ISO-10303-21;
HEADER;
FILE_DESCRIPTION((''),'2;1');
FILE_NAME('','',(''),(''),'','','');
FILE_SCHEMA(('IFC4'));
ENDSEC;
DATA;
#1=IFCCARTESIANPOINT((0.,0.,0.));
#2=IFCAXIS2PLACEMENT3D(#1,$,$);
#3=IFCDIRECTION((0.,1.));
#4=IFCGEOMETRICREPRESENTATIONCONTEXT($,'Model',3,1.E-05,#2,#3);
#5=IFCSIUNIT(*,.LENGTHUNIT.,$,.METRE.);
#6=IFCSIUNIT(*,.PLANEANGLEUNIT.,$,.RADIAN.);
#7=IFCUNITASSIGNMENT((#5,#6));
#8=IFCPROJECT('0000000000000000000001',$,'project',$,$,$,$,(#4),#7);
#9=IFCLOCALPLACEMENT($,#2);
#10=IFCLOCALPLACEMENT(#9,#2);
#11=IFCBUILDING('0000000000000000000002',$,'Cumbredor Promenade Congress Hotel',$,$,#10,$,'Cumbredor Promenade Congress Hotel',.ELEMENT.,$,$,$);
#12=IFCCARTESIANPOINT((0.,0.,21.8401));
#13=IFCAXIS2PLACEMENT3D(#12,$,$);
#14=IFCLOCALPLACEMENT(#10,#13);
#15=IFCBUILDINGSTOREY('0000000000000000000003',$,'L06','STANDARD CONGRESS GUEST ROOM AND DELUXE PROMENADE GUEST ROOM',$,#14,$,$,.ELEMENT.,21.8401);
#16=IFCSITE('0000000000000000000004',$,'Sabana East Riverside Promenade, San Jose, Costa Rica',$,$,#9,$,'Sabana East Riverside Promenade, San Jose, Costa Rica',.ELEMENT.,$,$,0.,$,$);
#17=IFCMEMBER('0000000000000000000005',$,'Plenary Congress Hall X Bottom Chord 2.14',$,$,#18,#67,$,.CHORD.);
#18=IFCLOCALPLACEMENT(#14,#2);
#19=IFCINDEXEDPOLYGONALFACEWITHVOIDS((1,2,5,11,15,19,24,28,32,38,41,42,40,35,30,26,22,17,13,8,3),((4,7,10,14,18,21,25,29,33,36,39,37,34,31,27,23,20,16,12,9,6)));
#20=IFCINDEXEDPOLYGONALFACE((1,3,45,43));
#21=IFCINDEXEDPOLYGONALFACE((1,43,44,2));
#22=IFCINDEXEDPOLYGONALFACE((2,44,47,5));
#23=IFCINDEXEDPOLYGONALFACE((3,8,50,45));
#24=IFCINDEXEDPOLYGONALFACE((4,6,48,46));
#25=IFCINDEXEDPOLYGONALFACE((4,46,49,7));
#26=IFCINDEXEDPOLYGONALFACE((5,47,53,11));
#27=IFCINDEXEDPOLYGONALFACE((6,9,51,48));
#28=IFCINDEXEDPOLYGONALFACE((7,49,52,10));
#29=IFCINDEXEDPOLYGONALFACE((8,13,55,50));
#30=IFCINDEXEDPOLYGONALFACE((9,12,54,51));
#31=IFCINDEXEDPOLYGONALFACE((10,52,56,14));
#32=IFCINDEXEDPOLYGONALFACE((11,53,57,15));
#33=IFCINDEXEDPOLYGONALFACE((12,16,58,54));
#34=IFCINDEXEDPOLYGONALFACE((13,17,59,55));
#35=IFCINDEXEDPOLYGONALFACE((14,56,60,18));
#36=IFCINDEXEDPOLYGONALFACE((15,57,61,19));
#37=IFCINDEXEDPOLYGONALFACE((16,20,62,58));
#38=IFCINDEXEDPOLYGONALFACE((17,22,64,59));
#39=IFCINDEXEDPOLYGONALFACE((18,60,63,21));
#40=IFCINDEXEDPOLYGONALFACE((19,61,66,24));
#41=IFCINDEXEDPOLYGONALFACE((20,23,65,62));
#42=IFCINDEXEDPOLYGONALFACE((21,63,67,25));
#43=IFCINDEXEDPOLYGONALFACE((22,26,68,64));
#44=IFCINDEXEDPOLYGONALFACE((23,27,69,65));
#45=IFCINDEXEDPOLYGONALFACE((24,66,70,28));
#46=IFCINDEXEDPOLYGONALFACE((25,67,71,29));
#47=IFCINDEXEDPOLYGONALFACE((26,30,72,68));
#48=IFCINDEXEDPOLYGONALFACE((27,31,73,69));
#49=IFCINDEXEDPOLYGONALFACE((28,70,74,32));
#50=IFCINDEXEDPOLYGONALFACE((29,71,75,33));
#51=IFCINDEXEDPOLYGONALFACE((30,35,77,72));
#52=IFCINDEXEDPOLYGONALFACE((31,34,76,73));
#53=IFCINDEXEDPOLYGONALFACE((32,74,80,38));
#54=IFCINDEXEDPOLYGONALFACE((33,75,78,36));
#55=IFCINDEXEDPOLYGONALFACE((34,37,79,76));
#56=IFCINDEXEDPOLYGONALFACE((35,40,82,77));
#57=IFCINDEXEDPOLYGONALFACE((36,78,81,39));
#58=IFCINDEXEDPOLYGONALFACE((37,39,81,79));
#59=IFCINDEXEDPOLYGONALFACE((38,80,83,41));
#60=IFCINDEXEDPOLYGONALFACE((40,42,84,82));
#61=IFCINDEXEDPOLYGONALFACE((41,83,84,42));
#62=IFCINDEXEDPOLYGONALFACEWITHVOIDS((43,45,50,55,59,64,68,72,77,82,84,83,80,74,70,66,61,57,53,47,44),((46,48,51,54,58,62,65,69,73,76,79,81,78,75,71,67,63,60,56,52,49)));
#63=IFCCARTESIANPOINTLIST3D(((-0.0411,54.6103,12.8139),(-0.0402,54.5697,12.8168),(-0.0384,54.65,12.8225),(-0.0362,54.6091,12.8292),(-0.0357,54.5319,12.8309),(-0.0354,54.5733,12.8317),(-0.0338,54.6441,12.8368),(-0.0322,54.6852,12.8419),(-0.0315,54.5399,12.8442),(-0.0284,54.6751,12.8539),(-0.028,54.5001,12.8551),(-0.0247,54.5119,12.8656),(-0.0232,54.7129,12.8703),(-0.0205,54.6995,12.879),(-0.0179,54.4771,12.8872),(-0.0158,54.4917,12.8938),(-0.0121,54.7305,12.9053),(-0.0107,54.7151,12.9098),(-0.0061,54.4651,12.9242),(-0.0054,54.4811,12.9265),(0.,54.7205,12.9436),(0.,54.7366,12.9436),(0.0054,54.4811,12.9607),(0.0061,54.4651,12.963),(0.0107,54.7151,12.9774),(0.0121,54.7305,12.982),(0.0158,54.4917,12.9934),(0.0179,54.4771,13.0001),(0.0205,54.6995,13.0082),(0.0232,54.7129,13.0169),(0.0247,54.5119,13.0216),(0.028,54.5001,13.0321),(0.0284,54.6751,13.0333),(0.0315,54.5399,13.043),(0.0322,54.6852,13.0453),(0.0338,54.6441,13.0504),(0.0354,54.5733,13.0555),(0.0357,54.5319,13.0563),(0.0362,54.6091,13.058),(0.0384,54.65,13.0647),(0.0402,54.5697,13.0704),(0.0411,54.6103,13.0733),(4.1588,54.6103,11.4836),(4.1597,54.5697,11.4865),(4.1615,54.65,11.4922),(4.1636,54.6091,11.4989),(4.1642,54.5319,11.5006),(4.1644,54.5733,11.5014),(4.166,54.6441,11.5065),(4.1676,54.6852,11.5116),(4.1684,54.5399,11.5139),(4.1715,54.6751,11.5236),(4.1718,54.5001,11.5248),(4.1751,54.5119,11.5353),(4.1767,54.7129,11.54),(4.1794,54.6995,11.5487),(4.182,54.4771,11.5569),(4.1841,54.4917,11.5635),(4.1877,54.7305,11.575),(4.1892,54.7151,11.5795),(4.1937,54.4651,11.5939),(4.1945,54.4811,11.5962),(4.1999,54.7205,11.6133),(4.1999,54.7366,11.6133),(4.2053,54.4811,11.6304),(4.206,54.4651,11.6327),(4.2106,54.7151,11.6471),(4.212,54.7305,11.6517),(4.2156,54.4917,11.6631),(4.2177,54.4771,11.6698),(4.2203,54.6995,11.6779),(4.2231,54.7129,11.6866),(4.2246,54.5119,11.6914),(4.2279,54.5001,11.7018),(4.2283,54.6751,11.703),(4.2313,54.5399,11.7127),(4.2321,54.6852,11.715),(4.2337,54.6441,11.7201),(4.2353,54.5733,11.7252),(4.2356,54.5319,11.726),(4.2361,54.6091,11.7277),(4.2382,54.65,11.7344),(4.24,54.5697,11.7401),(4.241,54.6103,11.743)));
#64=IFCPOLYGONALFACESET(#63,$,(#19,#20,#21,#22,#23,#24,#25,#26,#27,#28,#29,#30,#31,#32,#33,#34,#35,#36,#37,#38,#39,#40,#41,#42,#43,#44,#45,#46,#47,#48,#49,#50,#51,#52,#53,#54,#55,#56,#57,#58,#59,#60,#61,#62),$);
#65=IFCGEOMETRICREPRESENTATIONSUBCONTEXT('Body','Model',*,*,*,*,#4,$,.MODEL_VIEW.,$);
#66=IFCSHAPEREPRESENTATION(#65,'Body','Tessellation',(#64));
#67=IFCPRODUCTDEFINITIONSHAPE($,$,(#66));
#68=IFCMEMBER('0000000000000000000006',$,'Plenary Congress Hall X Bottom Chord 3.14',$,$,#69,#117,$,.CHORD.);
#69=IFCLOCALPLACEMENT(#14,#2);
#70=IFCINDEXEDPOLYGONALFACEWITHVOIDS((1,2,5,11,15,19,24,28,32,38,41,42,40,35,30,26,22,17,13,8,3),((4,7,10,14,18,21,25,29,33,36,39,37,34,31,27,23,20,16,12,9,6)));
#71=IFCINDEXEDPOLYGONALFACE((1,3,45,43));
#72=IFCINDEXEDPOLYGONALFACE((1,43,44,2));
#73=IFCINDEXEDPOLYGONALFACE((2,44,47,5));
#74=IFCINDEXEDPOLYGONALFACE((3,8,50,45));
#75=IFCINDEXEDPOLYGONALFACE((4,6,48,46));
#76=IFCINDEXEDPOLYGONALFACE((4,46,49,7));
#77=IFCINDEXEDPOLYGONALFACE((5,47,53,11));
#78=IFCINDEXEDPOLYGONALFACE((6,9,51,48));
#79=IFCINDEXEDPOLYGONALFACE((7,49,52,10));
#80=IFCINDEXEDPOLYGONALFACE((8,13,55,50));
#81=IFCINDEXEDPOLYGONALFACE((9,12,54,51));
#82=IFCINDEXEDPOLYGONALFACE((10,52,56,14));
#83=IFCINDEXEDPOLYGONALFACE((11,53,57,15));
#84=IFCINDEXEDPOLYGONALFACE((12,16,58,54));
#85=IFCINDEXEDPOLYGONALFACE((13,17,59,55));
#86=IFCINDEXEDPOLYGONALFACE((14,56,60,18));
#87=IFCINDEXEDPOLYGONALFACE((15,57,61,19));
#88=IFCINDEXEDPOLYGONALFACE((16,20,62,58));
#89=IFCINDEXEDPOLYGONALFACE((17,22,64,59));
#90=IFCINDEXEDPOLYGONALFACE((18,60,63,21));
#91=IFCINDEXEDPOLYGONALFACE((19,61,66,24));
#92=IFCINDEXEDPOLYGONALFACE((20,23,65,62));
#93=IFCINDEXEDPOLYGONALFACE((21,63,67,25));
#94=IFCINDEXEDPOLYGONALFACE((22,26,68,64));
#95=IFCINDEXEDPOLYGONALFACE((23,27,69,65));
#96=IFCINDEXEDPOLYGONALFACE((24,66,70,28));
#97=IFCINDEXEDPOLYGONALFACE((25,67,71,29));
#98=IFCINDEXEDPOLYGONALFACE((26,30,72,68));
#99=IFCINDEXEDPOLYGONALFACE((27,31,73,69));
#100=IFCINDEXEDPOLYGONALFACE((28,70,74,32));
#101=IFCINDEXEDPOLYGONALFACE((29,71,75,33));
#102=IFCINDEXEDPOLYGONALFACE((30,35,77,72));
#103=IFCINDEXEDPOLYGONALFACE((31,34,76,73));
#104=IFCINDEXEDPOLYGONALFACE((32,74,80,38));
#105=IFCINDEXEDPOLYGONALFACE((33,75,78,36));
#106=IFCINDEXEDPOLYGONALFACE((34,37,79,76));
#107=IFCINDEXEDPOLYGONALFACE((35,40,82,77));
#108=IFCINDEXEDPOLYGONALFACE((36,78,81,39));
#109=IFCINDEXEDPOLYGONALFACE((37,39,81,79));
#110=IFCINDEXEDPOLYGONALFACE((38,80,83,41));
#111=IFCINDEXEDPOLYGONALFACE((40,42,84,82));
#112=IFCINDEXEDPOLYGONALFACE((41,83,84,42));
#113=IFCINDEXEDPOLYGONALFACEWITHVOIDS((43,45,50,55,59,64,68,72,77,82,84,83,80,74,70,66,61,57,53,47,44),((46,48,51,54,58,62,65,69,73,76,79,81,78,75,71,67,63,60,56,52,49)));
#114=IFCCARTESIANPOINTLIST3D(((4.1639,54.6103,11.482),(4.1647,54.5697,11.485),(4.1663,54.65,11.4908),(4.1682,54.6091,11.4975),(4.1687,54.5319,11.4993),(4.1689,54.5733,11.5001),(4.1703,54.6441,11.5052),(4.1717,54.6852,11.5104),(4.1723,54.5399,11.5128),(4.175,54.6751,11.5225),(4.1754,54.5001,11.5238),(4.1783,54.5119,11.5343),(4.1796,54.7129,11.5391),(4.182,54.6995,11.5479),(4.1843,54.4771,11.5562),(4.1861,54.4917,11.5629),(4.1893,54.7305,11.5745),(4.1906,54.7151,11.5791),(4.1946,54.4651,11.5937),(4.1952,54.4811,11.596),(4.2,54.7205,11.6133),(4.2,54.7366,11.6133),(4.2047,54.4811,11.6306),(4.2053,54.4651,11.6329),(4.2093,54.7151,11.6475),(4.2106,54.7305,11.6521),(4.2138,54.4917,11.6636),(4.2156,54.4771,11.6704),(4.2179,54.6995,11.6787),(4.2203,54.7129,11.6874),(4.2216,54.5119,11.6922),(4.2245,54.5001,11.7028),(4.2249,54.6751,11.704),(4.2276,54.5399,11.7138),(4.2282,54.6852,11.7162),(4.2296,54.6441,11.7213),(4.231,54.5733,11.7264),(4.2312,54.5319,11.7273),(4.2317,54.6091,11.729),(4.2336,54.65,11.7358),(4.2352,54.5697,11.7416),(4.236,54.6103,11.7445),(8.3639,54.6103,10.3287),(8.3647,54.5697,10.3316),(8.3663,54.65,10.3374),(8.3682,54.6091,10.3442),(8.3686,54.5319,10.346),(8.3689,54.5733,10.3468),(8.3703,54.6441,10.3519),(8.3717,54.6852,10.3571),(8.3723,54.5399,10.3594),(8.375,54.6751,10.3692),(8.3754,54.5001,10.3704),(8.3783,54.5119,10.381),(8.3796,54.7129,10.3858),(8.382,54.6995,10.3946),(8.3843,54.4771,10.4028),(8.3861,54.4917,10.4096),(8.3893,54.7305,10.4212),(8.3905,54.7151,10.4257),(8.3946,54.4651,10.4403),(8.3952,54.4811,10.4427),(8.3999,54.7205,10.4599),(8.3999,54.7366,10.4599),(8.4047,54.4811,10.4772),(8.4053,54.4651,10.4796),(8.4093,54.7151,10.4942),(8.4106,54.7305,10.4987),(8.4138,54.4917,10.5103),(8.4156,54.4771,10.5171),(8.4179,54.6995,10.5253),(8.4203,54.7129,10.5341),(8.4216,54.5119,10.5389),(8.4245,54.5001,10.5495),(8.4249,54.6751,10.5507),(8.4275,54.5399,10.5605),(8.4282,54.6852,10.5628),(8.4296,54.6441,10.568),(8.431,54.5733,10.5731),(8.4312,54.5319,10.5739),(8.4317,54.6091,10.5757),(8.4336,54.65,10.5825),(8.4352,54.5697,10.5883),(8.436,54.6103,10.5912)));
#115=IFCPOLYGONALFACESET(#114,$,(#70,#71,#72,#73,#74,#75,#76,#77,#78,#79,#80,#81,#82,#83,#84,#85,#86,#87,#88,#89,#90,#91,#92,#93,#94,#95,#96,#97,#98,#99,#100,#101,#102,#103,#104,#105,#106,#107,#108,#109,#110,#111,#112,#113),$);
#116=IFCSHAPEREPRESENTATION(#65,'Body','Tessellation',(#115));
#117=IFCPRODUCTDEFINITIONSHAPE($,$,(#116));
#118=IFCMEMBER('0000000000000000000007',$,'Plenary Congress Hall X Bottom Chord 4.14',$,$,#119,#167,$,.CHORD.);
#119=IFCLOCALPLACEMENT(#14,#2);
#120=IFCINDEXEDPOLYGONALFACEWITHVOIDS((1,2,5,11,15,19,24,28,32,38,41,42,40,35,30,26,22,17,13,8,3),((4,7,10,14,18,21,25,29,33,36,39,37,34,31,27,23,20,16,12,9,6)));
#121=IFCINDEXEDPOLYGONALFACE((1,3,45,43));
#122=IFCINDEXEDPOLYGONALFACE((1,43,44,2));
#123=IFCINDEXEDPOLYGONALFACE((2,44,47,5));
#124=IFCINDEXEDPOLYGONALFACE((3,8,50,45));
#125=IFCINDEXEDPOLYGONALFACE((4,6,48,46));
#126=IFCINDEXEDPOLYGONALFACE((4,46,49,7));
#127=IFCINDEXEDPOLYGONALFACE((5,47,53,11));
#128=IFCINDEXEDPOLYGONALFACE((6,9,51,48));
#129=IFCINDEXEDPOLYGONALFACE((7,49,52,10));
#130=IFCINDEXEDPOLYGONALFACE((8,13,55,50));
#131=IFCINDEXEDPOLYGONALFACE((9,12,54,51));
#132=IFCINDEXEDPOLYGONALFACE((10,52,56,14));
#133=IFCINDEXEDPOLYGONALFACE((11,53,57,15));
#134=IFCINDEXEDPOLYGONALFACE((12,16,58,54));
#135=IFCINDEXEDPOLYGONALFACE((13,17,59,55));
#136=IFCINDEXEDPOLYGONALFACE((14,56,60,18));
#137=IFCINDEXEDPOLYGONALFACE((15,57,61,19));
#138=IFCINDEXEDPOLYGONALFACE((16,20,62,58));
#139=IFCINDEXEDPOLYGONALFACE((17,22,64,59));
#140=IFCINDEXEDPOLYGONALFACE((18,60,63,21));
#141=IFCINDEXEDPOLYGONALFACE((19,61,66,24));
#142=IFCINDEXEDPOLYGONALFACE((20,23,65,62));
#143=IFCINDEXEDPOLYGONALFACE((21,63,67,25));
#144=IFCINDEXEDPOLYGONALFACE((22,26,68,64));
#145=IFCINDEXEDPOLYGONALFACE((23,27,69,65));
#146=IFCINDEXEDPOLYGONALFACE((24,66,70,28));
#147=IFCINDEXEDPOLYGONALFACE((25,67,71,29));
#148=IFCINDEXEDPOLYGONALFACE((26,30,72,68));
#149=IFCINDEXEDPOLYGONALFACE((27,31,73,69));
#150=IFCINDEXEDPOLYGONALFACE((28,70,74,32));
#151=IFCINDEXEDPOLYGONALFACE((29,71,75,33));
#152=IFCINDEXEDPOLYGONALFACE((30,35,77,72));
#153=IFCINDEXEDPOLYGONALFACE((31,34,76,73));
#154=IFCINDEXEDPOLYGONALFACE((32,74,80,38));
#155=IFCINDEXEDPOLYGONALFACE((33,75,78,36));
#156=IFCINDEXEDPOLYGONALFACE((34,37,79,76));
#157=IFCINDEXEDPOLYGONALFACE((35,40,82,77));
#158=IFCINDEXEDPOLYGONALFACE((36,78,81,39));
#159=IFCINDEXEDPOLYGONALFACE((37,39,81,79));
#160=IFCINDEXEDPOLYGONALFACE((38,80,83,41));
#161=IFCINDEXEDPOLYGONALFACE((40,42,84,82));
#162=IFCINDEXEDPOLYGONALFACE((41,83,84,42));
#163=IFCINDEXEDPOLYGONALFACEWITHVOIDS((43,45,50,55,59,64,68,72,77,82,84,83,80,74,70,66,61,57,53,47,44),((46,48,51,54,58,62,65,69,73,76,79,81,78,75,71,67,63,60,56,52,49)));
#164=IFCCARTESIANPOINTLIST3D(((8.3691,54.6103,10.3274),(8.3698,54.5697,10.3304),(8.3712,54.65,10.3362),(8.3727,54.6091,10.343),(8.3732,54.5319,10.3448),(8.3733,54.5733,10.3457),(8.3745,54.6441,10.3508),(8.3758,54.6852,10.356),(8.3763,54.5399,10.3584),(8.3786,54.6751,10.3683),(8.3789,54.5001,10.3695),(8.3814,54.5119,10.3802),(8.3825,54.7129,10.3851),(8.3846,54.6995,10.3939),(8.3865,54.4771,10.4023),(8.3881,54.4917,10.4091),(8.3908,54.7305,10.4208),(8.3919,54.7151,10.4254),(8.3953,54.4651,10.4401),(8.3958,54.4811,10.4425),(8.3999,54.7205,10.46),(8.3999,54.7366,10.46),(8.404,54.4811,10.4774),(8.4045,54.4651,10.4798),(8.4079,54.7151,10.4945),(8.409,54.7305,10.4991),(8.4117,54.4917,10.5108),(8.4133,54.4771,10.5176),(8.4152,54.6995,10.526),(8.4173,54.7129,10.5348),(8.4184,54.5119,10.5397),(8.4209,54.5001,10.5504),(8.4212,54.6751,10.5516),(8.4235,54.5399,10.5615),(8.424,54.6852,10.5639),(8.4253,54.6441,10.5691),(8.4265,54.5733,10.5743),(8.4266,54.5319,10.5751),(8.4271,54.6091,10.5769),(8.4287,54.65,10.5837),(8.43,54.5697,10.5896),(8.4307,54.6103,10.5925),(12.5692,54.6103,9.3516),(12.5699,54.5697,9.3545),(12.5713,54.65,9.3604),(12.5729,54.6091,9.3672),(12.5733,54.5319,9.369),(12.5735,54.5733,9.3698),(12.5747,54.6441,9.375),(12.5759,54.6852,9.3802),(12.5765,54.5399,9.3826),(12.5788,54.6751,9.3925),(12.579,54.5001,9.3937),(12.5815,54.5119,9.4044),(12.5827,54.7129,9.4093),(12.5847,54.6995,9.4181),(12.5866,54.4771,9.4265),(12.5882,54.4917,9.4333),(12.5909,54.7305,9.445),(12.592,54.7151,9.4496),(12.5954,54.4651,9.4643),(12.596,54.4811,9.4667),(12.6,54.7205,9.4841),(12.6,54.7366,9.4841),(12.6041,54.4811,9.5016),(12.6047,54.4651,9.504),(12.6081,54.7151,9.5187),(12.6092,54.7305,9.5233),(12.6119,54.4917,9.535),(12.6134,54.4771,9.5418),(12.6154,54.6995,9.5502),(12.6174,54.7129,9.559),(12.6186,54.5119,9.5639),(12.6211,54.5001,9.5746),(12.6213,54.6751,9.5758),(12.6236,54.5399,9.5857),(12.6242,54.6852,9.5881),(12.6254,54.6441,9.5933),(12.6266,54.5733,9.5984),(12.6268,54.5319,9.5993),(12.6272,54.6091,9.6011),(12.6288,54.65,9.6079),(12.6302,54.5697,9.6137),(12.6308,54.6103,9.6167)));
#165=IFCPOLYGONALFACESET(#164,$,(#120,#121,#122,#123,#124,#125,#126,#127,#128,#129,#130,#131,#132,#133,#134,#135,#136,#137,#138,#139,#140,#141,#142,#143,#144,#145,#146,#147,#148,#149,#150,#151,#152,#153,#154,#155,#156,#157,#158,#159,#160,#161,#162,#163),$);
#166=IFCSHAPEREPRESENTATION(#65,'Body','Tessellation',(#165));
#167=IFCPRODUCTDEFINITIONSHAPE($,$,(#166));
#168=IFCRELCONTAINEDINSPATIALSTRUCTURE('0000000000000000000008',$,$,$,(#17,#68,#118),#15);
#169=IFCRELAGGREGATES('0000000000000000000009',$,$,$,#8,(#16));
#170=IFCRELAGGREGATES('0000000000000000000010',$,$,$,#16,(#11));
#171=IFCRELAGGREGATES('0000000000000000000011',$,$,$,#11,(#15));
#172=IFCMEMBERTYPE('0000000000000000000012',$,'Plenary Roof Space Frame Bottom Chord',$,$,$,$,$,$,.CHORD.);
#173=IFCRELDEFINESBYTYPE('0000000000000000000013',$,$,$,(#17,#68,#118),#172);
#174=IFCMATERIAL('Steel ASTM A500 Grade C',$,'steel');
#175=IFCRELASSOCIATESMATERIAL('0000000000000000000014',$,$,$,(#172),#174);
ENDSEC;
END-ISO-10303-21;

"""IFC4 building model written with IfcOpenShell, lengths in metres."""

from ifc_helpers import new_model, si_unit, direction, frame, origin, origin_2d, place, context, subcontext, project, spatial, hollow_circle, extrude, material, material_profile, profile_set, type_object, element, save


model = new_model("IFC4")

# Units and contexts
model_context = context("Model", 3, precision=1e-05, world=origin(), true_north=direction((0.0, 1.0)))
body_context = subcontext(model_context, "Body", "Model", "MODEL_VIEW")
ifc_project = project(units=[si_unit("LENGTHUNIT", "METRE"), si_unit("PLANEANGLEUNIT", "RADIAN")], contexts=[model_context])

# Site, building, storey
site_placement = place(None, origin())
site = spatial("IfcSite", under=ifc_project, at=site_placement, Name="Sabana East Riverside Promenade, San Jose, Costa Rica", LongName="Sabana East Riverside Promenade, San Jose, Costa Rica", CompositionType="ELEMENT", RefElevation=0.0)
building_placement = place(site_placement, origin())
building = spatial("IfcBuilding", under=site, at=building_placement, Name="Cumbredor Promenade Congress Hotel", LongName="Cumbredor Promenade Congress Hotel", CompositionType="ELEMENT")
storey_placement = place(building_placement, frame((0.0, 0.0, 21.8401)))
storey = spatial("IfcBuildingStorey", under=building, at=storey_placement, Name="L06", Description="STANDARD CONGRESS GUEST ROOM AND DELUXE PROMENADE GUEST ROOM", CompositionType="ELEMENT", Elevation=21.8401)

# Members
ifc_material_1 = material(Name="Steel ASTM A500 Grade C", Category="steel")
ifc_material_profile_1 = material_profile(ifc_material_1, hollow_circle(Radius=0.1365, WallThickness=0.0161, at=origin_2d()), Name="CHS 273.0x16")
ifc_profile_set_1 = profile_set([ifc_material_profile_1], Name="Steel ASTM A500 Grade C")
member_type_1 = type_object("IfcMemberType", Name="Plenary Roof Space Frame Bottom Chord", PredefinedType="CHORD", material=ifc_profile_set_1)
member_1_placement = place(storey_placement, frame((0.0, 54.6001, 12.9436), z_axis=(0.95332, 0.0, -0.301961), x_axis=(0.0, 1.0, 0.0)))
element("IfcMember", 1, at=member_1_placement, inside=storey, type_object=member_type_1, Name="Plenary Congress Hall X Bottom Chord 2.14", PredefinedType="CHORD", context=body_context, shape_type="SweptSolid", body=[
    extrude(hollow_circle(Radius=0.1365, WallThickness=0.0161, at=origin_2d()), origin(), (0.0, 0.0, 1.0), 4.4055),
])
member_2_placement = place(storey_placement, frame((4.2, 54.6001, 11.6133), z_axis=(0.964303, 0.0, -0.264801), x_axis=(0.0, 1.0, 0.0)))
element("IfcMember", 2, at=member_2_placement, inside=storey, type_object=member_type_1, Name="Plenary Congress Hall X Bottom Chord 3.14", PredefinedType="CHORD", context=body_context, shape_type="SweptSolid", body=[
    extrude(hollow_circle(Radius=0.1365, WallThickness=0.0161, at=origin_2d()), origin(), (0.0, 0.0, 1.0), 4.3555),
])
member_3_placement = place(storey_placement, frame((8.3999, 54.6001, 10.46), z_axis=(0.974057, 0.0, -0.226302), x_axis=(0.0, 1.0, 0.0)))
element("IfcMember", 3, at=member_3_placement, inside=storey, type_object=member_type_1, Name="Plenary Congress Hall X Bottom Chord 4.14", PredefinedType="CHORD", context=body_context, shape_type="SweptSolid", body=[
    extrude(hollow_circle(Radius=0.1365, WallThickness=0.0161, at=origin_2d()), origin(), (0.0, 0.0, 1.0), 4.312),
])

save(model, "model.ifc")
